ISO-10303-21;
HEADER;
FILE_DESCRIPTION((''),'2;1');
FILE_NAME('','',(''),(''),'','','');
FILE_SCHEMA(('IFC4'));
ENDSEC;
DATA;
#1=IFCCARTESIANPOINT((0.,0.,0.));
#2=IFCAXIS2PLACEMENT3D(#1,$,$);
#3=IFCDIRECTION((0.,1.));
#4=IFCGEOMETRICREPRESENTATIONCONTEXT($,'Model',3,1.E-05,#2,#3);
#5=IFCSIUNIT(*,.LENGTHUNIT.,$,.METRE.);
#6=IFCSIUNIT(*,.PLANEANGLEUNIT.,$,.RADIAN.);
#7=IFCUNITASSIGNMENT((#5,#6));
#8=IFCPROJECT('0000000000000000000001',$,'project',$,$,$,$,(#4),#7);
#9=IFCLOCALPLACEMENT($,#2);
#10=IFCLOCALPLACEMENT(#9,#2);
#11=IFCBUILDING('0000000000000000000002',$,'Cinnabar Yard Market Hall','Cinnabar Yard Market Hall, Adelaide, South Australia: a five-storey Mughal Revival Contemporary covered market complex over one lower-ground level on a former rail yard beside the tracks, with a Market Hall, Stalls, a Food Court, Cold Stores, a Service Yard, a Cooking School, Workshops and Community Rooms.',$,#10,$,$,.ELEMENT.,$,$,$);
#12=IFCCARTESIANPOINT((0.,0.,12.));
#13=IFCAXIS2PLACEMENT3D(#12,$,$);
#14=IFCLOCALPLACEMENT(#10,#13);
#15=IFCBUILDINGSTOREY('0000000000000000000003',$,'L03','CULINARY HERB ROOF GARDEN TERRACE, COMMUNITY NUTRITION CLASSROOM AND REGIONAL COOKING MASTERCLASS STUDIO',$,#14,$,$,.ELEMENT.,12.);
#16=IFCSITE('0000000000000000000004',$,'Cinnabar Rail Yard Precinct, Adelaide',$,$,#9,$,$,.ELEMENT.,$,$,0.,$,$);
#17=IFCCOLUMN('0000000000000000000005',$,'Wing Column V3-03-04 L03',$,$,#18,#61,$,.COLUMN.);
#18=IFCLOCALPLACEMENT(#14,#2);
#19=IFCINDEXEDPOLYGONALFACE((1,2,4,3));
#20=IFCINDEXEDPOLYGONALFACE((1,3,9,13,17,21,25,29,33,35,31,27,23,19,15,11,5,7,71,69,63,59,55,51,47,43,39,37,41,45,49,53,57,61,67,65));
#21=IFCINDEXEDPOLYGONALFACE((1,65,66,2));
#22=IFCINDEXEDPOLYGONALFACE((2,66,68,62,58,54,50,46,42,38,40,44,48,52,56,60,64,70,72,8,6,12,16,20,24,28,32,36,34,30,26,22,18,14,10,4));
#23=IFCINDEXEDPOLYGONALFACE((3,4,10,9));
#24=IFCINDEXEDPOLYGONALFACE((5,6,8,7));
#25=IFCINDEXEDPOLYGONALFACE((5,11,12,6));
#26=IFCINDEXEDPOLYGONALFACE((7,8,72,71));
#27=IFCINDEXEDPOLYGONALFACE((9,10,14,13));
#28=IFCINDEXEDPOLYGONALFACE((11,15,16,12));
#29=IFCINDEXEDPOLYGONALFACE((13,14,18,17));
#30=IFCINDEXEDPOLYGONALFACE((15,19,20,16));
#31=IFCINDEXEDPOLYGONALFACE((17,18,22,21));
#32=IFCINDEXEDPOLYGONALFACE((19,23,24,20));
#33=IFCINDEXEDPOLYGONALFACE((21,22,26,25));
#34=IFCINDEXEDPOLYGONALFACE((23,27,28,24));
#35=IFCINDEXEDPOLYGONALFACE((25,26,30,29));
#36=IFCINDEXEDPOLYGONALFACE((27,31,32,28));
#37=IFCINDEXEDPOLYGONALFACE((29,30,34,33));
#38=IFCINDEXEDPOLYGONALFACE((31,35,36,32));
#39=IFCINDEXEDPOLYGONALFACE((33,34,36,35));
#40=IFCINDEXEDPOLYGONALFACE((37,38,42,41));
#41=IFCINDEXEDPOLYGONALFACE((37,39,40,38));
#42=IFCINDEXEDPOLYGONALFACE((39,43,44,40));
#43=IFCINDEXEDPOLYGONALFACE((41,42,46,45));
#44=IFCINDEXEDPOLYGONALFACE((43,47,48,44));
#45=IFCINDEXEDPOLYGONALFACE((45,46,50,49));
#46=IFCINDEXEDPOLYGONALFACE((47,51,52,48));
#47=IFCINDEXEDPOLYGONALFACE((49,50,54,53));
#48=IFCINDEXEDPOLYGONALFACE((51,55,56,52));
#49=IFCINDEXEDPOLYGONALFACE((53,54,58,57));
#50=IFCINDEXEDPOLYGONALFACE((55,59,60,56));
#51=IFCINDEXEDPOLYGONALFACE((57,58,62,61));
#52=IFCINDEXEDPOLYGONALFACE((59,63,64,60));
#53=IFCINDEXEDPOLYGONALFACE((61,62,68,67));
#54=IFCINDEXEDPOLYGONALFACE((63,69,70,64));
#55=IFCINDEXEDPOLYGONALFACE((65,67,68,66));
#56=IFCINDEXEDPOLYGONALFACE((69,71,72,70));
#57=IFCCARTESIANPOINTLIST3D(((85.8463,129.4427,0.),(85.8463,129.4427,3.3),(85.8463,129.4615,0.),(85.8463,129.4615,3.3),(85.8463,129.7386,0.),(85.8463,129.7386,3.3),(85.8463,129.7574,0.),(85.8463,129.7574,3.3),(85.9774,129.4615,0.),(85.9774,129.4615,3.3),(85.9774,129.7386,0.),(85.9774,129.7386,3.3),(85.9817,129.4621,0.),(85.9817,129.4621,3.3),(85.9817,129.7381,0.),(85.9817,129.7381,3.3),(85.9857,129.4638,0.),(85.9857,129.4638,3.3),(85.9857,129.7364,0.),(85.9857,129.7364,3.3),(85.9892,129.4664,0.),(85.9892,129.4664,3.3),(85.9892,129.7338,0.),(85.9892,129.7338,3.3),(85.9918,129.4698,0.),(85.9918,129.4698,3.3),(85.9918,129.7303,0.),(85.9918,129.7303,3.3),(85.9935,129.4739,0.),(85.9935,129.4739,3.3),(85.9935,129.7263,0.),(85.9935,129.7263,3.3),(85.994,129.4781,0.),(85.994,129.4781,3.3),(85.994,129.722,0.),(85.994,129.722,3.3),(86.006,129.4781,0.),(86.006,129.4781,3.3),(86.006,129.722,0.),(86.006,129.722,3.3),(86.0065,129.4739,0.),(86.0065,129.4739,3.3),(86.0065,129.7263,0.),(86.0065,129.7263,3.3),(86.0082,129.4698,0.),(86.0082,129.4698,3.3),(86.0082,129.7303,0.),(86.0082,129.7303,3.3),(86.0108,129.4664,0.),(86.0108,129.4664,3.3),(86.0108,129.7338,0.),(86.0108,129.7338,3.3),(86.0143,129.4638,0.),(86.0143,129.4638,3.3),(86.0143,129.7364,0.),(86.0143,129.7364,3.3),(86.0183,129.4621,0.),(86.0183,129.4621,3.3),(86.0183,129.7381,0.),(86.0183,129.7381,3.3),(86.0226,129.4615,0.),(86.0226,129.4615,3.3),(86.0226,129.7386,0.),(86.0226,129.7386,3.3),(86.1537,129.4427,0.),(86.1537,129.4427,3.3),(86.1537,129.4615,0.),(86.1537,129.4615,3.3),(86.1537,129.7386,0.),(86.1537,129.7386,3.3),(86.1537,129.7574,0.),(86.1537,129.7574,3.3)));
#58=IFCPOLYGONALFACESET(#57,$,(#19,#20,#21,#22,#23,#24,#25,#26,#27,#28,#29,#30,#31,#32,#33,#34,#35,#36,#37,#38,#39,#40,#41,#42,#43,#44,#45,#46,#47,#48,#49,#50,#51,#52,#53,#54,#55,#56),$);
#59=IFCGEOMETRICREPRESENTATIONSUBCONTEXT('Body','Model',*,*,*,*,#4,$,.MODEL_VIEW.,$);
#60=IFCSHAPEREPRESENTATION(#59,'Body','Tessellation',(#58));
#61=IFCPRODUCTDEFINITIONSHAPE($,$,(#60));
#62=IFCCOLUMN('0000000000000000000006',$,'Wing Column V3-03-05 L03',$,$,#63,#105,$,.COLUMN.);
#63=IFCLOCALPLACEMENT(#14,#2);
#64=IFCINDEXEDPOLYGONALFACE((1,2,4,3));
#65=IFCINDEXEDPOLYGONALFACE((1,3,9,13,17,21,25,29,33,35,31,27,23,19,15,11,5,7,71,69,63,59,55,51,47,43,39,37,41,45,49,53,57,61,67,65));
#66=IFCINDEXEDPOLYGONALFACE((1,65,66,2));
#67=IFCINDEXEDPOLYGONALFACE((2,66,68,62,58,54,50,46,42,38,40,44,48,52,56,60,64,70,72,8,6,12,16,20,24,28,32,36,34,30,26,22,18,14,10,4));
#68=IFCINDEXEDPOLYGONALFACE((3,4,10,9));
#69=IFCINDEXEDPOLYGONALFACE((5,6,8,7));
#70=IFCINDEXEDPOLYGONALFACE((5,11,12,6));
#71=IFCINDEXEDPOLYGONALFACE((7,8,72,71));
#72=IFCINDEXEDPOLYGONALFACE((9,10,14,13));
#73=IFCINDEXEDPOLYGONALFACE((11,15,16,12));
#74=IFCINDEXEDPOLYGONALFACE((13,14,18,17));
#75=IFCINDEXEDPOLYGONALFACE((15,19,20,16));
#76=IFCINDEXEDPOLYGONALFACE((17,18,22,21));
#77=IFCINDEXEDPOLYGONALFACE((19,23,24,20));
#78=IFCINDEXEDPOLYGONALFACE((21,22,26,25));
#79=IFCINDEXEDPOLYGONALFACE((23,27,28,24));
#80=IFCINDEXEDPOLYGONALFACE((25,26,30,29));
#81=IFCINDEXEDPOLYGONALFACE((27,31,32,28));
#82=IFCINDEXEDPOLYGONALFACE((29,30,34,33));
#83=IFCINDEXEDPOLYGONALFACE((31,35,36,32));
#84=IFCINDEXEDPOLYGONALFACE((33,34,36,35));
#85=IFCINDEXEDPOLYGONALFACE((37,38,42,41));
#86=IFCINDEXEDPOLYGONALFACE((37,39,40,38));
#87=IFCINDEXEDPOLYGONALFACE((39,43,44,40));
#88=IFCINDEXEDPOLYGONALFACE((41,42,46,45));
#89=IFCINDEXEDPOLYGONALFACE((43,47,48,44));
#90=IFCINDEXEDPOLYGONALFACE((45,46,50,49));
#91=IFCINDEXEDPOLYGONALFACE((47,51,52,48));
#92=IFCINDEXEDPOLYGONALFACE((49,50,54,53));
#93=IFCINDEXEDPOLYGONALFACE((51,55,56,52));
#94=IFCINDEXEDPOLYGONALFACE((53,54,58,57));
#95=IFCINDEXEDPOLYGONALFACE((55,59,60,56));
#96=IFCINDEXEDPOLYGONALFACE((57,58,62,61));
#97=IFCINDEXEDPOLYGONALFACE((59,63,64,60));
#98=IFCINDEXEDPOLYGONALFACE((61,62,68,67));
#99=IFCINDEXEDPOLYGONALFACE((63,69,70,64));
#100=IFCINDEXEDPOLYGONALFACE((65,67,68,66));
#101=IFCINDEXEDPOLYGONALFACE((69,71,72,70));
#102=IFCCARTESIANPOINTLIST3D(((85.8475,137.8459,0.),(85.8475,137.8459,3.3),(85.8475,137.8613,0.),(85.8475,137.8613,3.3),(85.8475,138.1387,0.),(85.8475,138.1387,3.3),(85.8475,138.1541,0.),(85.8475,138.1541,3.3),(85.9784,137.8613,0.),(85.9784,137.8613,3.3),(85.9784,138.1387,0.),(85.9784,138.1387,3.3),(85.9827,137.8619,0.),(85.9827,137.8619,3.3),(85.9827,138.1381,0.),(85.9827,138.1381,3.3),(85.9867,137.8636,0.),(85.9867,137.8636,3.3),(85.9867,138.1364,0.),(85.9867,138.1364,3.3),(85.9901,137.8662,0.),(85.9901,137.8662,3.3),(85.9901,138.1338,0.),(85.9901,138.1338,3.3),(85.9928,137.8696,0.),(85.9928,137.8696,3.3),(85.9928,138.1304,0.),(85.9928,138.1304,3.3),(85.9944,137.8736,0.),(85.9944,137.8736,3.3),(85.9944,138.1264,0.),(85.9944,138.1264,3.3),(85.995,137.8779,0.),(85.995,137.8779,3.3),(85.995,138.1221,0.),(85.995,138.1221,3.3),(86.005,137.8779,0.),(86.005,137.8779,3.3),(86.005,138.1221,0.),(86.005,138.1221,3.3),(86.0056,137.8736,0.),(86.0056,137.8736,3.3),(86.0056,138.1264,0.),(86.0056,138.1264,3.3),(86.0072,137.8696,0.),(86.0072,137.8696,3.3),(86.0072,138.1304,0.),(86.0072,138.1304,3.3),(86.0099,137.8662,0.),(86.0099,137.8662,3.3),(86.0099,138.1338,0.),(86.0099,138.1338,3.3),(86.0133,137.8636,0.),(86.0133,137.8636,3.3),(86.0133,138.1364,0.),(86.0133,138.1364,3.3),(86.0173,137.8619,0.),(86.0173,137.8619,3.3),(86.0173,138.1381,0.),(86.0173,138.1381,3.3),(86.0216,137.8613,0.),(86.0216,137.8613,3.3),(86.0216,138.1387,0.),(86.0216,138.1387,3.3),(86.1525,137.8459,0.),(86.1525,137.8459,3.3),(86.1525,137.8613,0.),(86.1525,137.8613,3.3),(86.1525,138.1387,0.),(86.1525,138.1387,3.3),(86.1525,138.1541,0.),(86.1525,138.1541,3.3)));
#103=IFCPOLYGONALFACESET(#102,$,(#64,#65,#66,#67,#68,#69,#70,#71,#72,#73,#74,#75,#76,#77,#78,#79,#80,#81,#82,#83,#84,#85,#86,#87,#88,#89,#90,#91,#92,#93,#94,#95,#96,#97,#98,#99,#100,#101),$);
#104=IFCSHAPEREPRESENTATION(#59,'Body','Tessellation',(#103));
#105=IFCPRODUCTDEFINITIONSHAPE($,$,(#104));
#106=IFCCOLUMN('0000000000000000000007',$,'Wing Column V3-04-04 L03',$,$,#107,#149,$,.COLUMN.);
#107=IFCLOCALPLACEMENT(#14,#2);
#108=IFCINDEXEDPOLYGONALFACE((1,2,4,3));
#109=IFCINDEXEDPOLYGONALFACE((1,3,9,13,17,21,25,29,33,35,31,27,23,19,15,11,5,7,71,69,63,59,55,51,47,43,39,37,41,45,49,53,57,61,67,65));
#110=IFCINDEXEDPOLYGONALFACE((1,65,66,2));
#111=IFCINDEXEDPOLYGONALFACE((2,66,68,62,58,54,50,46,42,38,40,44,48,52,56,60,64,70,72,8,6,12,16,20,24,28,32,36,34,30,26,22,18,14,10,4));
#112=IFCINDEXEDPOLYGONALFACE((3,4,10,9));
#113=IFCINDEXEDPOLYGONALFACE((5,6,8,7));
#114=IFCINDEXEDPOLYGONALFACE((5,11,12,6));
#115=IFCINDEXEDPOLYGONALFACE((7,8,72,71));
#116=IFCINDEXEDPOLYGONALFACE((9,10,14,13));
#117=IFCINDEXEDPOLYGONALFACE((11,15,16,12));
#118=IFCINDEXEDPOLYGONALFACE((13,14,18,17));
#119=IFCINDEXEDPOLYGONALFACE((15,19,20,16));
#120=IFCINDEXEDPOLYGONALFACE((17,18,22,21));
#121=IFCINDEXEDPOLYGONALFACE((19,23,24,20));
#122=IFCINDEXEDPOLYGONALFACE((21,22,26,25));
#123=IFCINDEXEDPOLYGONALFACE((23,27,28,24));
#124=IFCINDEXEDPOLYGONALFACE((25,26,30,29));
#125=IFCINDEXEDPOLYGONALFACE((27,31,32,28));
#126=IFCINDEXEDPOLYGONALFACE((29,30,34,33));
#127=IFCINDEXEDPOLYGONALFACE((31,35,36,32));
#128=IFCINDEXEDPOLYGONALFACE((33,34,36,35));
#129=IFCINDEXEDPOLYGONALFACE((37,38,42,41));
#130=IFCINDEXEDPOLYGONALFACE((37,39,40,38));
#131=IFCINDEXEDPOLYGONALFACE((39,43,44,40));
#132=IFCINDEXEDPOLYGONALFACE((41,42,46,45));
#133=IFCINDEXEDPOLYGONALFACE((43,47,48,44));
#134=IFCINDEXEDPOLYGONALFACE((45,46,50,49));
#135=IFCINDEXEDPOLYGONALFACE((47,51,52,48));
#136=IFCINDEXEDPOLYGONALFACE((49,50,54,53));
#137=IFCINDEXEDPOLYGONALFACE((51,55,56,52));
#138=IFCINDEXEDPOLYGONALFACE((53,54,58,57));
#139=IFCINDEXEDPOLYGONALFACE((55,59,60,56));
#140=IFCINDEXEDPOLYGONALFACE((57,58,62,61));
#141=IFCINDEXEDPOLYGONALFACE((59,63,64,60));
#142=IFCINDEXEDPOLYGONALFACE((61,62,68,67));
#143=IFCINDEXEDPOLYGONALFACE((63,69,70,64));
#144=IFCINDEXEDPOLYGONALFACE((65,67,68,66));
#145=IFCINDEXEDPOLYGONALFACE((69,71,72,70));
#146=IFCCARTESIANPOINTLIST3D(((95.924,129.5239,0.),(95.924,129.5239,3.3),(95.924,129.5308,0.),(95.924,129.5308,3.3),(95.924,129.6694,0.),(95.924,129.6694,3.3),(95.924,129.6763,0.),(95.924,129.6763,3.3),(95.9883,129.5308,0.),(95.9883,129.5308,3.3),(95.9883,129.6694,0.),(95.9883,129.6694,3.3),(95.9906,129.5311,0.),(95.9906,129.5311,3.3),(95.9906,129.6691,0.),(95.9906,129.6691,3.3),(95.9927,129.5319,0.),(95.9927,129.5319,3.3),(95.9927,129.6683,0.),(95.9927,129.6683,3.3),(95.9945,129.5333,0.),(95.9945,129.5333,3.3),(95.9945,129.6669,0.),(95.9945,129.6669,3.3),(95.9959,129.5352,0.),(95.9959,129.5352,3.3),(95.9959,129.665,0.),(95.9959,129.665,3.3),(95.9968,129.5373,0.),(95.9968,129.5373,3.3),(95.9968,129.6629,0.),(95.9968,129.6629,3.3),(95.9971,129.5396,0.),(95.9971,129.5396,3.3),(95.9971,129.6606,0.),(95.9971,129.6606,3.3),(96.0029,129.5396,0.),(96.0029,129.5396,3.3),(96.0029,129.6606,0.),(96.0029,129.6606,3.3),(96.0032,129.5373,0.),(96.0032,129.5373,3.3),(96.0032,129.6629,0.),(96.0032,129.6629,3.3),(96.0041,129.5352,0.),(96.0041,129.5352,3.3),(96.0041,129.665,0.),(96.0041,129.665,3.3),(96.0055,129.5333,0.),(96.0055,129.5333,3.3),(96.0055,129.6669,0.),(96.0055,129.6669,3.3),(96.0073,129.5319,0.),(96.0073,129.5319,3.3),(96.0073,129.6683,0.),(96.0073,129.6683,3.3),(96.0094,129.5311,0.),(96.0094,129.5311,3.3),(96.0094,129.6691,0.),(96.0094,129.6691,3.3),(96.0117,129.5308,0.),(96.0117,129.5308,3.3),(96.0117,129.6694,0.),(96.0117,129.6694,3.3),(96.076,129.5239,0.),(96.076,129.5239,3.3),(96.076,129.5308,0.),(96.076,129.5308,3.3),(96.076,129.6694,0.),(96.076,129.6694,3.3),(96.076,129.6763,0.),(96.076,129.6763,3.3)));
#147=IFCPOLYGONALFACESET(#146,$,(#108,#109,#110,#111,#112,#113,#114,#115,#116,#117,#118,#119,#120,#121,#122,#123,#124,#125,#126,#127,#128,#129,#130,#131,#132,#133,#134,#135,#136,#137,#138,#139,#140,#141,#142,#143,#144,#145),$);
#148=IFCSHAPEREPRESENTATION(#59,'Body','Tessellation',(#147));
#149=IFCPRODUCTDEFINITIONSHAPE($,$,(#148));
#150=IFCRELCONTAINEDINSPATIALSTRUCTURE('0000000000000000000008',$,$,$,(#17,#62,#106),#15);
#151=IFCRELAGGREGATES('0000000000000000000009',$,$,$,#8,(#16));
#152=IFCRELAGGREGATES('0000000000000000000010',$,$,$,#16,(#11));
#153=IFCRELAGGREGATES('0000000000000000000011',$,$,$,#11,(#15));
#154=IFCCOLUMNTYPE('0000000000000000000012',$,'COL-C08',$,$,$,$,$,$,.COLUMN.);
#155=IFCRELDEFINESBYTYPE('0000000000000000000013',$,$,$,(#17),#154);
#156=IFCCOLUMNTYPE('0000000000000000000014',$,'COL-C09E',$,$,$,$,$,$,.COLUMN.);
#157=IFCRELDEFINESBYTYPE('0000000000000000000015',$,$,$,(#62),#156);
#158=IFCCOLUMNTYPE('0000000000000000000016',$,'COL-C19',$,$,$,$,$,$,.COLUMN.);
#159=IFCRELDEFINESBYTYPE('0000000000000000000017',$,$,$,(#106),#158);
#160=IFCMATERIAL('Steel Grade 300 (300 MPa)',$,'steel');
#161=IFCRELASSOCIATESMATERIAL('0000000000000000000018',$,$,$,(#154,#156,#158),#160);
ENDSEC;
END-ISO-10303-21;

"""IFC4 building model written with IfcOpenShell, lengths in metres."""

from ifc_helpers import new_model, si_unit, direction, frame, origin, origin_2d_with_axis, place, context, subcontext, project, spatial, i_section, extrude, material, material_profile, profile_set, type_object, element, save


model = new_model("IFC4")

# Units and contexts
model_context = context("Model", 3, precision=1e-05, world=origin(), true_north=direction((0.0, 1.0)))
body_context = subcontext(model_context, "Body", "Model", "MODEL_VIEW")
ifc_project = project(units=[si_unit("LENGTHUNIT", "METRE"), si_unit("PLANEANGLEUNIT", "RADIAN")], contexts=[model_context])

# Site, building, storey
site_placement = place(None, origin())
site = spatial("IfcSite", under=ifc_project, at=site_placement, Name="Cinnabar Rail Yard Precinct, Adelaide", CompositionType="ELEMENT", RefElevation=0.0)
building_placement = place(site_placement, origin())
building = spatial("IfcBuilding", under=site, at=building_placement, Name="Cinnabar Yard Market Hall", Description="Cinnabar Yard Market Hall, Adelaide, South Australia: a five-storey Mughal Revival Contemporary covered market complex over one lower-ground level on a former rail yard beside the tracks, with a Market Hall, Stalls, a Food Court, Cold Stores, a Service Yard, a Cooking School, Workshops and Community Rooms.", CompositionType="ELEMENT")
storey_placement = place(building_placement, frame((0.0, 0.0, 12.0)))
storey = spatial("IfcBuildingStorey", under=building, at=storey_placement, Name="L03", Description="CULINARY HERB ROOF GARDEN TERRACE, COMMUNITY NUTRITION CLASSROOM AND REGIONAL COOKING MASTERCLASS STUDIO", CompositionType="ELEMENT", Elevation=12.0)

# Columns
ifc_material_1 = material(Name="Steel Grade 300 (300 MPa)", Category="steel")
ifc_material_profile_1 = material_profile(ifc_material_1, i_section(OverallWidth=0.3074, OverallDepth=0.3147, WebThickness=0.012, FlangeThickness=0.0188, FilletRadius=0.0166, at=origin_2d_with_axis()), Name="310UC118")
ifc_profile_set_1 = profile_set([ifc_material_profile_1], Name="Steel Grade 300 (300 MPa)")
column_type_1 = type_object("IfcColumnType", Name="COL-C08", PredefinedType="COLUMN", material=ifc_profile_set_1)
column_1_placement = place(storey_placement, frame((86.0, 129.6001, 0.0), z_axis=(0.0, 0.0, 1.0), x_axis=(1.0, 0.0, 0.0)))
element("IfcColumn", 1, at=column_1_placement, inside=storey, type_object=column_type_1, Name="Wing Column V3-03-04 L03", PredefinedType="COLUMN", context=body_context, shape_type="SweptSolid", body=[
    extrude(i_section(OverallWidth=0.3074, OverallDepth=0.3147, WebThickness=0.012, FlangeThickness=0.0188, FilletRadius=0.0166, at=origin_2d_with_axis()), origin(), (0.0, 0.0, 1.0), 3.3),
])
ifc_material_profile_2 = material_profile(ifc_material_1, i_section(OverallWidth=0.3049, OverallDepth=0.3081, WebThickness=0.01, FlangeThickness=0.0154, FilletRadius=0.0166, at=origin_2d_with_axis()), Name="310UC96.8")
ifc_profile_set_2 = profile_set([ifc_material_profile_2], Name="Steel Grade 300 (300 MPa)")
column_type_2 = type_object("IfcColumnType", Name="COL-C09E", PredefinedType="COLUMN", material=ifc_profile_set_2)
column_2_placement = place(storey_placement, frame((86.0, 138.0, 0.0), z_axis=(0.0, 0.0, 1.0), x_axis=(1.0, 0.0, 0.0)))
element("IfcColumn", 2, at=column_2_placement, inside=storey, type_object=column_type_2, Name="Wing Column V3-03-05 L03", PredefinedType="COLUMN", context=body_context, shape_type="SweptSolid", body=[
    extrude(i_section(OverallWidth=0.3049, OverallDepth=0.3081, WebThickness=0.01, FlangeThickness=0.0154, FilletRadius=0.0166, at=origin_2d_with_axis()), origin(), (0.0, 0.0, 1.0), 3.3),
])
ifc_material_profile_3 = material_profile(ifc_material_1, i_section(OverallWidth=0.1521, OverallDepth=0.1523, WebThickness=0.0059, FlangeThickness=0.0068, FilletRadius=0.0088, at=origin_2d_with_axis()), Name="150UC23.4")
ifc_profile_set_3 = profile_set([ifc_material_profile_3], Name="Steel Grade 300 (300 MPa)")
column_type_3 = type_object("IfcColumnType", Name="COL-C19", PredefinedType="COLUMN", material=ifc_profile_set_3)
column_3_placement = place(storey_placement, frame((96.0, 129.6001, 0.0), z_axis=(0.0, 0.0, 1.0), x_axis=(1.0, 0.0, 0.0)))
element("IfcColumn", 3, at=column_3_placement, inside=storey, type_object=column_type_3, Name="Wing Column V3-04-04 L03", PredefinedType="COLUMN", context=body_context, shape_type="SweptSolid", body=[
    extrude(i_section(OverallWidth=0.1521, OverallDepth=0.1523, WebThickness=0.0059, FlangeThickness=0.0068, FilletRadius=0.0088, at=origin_2d_with_axis()), origin(), (0.0, 0.0, 1.0), 3.3),
])

save(model, "model.ifc")
